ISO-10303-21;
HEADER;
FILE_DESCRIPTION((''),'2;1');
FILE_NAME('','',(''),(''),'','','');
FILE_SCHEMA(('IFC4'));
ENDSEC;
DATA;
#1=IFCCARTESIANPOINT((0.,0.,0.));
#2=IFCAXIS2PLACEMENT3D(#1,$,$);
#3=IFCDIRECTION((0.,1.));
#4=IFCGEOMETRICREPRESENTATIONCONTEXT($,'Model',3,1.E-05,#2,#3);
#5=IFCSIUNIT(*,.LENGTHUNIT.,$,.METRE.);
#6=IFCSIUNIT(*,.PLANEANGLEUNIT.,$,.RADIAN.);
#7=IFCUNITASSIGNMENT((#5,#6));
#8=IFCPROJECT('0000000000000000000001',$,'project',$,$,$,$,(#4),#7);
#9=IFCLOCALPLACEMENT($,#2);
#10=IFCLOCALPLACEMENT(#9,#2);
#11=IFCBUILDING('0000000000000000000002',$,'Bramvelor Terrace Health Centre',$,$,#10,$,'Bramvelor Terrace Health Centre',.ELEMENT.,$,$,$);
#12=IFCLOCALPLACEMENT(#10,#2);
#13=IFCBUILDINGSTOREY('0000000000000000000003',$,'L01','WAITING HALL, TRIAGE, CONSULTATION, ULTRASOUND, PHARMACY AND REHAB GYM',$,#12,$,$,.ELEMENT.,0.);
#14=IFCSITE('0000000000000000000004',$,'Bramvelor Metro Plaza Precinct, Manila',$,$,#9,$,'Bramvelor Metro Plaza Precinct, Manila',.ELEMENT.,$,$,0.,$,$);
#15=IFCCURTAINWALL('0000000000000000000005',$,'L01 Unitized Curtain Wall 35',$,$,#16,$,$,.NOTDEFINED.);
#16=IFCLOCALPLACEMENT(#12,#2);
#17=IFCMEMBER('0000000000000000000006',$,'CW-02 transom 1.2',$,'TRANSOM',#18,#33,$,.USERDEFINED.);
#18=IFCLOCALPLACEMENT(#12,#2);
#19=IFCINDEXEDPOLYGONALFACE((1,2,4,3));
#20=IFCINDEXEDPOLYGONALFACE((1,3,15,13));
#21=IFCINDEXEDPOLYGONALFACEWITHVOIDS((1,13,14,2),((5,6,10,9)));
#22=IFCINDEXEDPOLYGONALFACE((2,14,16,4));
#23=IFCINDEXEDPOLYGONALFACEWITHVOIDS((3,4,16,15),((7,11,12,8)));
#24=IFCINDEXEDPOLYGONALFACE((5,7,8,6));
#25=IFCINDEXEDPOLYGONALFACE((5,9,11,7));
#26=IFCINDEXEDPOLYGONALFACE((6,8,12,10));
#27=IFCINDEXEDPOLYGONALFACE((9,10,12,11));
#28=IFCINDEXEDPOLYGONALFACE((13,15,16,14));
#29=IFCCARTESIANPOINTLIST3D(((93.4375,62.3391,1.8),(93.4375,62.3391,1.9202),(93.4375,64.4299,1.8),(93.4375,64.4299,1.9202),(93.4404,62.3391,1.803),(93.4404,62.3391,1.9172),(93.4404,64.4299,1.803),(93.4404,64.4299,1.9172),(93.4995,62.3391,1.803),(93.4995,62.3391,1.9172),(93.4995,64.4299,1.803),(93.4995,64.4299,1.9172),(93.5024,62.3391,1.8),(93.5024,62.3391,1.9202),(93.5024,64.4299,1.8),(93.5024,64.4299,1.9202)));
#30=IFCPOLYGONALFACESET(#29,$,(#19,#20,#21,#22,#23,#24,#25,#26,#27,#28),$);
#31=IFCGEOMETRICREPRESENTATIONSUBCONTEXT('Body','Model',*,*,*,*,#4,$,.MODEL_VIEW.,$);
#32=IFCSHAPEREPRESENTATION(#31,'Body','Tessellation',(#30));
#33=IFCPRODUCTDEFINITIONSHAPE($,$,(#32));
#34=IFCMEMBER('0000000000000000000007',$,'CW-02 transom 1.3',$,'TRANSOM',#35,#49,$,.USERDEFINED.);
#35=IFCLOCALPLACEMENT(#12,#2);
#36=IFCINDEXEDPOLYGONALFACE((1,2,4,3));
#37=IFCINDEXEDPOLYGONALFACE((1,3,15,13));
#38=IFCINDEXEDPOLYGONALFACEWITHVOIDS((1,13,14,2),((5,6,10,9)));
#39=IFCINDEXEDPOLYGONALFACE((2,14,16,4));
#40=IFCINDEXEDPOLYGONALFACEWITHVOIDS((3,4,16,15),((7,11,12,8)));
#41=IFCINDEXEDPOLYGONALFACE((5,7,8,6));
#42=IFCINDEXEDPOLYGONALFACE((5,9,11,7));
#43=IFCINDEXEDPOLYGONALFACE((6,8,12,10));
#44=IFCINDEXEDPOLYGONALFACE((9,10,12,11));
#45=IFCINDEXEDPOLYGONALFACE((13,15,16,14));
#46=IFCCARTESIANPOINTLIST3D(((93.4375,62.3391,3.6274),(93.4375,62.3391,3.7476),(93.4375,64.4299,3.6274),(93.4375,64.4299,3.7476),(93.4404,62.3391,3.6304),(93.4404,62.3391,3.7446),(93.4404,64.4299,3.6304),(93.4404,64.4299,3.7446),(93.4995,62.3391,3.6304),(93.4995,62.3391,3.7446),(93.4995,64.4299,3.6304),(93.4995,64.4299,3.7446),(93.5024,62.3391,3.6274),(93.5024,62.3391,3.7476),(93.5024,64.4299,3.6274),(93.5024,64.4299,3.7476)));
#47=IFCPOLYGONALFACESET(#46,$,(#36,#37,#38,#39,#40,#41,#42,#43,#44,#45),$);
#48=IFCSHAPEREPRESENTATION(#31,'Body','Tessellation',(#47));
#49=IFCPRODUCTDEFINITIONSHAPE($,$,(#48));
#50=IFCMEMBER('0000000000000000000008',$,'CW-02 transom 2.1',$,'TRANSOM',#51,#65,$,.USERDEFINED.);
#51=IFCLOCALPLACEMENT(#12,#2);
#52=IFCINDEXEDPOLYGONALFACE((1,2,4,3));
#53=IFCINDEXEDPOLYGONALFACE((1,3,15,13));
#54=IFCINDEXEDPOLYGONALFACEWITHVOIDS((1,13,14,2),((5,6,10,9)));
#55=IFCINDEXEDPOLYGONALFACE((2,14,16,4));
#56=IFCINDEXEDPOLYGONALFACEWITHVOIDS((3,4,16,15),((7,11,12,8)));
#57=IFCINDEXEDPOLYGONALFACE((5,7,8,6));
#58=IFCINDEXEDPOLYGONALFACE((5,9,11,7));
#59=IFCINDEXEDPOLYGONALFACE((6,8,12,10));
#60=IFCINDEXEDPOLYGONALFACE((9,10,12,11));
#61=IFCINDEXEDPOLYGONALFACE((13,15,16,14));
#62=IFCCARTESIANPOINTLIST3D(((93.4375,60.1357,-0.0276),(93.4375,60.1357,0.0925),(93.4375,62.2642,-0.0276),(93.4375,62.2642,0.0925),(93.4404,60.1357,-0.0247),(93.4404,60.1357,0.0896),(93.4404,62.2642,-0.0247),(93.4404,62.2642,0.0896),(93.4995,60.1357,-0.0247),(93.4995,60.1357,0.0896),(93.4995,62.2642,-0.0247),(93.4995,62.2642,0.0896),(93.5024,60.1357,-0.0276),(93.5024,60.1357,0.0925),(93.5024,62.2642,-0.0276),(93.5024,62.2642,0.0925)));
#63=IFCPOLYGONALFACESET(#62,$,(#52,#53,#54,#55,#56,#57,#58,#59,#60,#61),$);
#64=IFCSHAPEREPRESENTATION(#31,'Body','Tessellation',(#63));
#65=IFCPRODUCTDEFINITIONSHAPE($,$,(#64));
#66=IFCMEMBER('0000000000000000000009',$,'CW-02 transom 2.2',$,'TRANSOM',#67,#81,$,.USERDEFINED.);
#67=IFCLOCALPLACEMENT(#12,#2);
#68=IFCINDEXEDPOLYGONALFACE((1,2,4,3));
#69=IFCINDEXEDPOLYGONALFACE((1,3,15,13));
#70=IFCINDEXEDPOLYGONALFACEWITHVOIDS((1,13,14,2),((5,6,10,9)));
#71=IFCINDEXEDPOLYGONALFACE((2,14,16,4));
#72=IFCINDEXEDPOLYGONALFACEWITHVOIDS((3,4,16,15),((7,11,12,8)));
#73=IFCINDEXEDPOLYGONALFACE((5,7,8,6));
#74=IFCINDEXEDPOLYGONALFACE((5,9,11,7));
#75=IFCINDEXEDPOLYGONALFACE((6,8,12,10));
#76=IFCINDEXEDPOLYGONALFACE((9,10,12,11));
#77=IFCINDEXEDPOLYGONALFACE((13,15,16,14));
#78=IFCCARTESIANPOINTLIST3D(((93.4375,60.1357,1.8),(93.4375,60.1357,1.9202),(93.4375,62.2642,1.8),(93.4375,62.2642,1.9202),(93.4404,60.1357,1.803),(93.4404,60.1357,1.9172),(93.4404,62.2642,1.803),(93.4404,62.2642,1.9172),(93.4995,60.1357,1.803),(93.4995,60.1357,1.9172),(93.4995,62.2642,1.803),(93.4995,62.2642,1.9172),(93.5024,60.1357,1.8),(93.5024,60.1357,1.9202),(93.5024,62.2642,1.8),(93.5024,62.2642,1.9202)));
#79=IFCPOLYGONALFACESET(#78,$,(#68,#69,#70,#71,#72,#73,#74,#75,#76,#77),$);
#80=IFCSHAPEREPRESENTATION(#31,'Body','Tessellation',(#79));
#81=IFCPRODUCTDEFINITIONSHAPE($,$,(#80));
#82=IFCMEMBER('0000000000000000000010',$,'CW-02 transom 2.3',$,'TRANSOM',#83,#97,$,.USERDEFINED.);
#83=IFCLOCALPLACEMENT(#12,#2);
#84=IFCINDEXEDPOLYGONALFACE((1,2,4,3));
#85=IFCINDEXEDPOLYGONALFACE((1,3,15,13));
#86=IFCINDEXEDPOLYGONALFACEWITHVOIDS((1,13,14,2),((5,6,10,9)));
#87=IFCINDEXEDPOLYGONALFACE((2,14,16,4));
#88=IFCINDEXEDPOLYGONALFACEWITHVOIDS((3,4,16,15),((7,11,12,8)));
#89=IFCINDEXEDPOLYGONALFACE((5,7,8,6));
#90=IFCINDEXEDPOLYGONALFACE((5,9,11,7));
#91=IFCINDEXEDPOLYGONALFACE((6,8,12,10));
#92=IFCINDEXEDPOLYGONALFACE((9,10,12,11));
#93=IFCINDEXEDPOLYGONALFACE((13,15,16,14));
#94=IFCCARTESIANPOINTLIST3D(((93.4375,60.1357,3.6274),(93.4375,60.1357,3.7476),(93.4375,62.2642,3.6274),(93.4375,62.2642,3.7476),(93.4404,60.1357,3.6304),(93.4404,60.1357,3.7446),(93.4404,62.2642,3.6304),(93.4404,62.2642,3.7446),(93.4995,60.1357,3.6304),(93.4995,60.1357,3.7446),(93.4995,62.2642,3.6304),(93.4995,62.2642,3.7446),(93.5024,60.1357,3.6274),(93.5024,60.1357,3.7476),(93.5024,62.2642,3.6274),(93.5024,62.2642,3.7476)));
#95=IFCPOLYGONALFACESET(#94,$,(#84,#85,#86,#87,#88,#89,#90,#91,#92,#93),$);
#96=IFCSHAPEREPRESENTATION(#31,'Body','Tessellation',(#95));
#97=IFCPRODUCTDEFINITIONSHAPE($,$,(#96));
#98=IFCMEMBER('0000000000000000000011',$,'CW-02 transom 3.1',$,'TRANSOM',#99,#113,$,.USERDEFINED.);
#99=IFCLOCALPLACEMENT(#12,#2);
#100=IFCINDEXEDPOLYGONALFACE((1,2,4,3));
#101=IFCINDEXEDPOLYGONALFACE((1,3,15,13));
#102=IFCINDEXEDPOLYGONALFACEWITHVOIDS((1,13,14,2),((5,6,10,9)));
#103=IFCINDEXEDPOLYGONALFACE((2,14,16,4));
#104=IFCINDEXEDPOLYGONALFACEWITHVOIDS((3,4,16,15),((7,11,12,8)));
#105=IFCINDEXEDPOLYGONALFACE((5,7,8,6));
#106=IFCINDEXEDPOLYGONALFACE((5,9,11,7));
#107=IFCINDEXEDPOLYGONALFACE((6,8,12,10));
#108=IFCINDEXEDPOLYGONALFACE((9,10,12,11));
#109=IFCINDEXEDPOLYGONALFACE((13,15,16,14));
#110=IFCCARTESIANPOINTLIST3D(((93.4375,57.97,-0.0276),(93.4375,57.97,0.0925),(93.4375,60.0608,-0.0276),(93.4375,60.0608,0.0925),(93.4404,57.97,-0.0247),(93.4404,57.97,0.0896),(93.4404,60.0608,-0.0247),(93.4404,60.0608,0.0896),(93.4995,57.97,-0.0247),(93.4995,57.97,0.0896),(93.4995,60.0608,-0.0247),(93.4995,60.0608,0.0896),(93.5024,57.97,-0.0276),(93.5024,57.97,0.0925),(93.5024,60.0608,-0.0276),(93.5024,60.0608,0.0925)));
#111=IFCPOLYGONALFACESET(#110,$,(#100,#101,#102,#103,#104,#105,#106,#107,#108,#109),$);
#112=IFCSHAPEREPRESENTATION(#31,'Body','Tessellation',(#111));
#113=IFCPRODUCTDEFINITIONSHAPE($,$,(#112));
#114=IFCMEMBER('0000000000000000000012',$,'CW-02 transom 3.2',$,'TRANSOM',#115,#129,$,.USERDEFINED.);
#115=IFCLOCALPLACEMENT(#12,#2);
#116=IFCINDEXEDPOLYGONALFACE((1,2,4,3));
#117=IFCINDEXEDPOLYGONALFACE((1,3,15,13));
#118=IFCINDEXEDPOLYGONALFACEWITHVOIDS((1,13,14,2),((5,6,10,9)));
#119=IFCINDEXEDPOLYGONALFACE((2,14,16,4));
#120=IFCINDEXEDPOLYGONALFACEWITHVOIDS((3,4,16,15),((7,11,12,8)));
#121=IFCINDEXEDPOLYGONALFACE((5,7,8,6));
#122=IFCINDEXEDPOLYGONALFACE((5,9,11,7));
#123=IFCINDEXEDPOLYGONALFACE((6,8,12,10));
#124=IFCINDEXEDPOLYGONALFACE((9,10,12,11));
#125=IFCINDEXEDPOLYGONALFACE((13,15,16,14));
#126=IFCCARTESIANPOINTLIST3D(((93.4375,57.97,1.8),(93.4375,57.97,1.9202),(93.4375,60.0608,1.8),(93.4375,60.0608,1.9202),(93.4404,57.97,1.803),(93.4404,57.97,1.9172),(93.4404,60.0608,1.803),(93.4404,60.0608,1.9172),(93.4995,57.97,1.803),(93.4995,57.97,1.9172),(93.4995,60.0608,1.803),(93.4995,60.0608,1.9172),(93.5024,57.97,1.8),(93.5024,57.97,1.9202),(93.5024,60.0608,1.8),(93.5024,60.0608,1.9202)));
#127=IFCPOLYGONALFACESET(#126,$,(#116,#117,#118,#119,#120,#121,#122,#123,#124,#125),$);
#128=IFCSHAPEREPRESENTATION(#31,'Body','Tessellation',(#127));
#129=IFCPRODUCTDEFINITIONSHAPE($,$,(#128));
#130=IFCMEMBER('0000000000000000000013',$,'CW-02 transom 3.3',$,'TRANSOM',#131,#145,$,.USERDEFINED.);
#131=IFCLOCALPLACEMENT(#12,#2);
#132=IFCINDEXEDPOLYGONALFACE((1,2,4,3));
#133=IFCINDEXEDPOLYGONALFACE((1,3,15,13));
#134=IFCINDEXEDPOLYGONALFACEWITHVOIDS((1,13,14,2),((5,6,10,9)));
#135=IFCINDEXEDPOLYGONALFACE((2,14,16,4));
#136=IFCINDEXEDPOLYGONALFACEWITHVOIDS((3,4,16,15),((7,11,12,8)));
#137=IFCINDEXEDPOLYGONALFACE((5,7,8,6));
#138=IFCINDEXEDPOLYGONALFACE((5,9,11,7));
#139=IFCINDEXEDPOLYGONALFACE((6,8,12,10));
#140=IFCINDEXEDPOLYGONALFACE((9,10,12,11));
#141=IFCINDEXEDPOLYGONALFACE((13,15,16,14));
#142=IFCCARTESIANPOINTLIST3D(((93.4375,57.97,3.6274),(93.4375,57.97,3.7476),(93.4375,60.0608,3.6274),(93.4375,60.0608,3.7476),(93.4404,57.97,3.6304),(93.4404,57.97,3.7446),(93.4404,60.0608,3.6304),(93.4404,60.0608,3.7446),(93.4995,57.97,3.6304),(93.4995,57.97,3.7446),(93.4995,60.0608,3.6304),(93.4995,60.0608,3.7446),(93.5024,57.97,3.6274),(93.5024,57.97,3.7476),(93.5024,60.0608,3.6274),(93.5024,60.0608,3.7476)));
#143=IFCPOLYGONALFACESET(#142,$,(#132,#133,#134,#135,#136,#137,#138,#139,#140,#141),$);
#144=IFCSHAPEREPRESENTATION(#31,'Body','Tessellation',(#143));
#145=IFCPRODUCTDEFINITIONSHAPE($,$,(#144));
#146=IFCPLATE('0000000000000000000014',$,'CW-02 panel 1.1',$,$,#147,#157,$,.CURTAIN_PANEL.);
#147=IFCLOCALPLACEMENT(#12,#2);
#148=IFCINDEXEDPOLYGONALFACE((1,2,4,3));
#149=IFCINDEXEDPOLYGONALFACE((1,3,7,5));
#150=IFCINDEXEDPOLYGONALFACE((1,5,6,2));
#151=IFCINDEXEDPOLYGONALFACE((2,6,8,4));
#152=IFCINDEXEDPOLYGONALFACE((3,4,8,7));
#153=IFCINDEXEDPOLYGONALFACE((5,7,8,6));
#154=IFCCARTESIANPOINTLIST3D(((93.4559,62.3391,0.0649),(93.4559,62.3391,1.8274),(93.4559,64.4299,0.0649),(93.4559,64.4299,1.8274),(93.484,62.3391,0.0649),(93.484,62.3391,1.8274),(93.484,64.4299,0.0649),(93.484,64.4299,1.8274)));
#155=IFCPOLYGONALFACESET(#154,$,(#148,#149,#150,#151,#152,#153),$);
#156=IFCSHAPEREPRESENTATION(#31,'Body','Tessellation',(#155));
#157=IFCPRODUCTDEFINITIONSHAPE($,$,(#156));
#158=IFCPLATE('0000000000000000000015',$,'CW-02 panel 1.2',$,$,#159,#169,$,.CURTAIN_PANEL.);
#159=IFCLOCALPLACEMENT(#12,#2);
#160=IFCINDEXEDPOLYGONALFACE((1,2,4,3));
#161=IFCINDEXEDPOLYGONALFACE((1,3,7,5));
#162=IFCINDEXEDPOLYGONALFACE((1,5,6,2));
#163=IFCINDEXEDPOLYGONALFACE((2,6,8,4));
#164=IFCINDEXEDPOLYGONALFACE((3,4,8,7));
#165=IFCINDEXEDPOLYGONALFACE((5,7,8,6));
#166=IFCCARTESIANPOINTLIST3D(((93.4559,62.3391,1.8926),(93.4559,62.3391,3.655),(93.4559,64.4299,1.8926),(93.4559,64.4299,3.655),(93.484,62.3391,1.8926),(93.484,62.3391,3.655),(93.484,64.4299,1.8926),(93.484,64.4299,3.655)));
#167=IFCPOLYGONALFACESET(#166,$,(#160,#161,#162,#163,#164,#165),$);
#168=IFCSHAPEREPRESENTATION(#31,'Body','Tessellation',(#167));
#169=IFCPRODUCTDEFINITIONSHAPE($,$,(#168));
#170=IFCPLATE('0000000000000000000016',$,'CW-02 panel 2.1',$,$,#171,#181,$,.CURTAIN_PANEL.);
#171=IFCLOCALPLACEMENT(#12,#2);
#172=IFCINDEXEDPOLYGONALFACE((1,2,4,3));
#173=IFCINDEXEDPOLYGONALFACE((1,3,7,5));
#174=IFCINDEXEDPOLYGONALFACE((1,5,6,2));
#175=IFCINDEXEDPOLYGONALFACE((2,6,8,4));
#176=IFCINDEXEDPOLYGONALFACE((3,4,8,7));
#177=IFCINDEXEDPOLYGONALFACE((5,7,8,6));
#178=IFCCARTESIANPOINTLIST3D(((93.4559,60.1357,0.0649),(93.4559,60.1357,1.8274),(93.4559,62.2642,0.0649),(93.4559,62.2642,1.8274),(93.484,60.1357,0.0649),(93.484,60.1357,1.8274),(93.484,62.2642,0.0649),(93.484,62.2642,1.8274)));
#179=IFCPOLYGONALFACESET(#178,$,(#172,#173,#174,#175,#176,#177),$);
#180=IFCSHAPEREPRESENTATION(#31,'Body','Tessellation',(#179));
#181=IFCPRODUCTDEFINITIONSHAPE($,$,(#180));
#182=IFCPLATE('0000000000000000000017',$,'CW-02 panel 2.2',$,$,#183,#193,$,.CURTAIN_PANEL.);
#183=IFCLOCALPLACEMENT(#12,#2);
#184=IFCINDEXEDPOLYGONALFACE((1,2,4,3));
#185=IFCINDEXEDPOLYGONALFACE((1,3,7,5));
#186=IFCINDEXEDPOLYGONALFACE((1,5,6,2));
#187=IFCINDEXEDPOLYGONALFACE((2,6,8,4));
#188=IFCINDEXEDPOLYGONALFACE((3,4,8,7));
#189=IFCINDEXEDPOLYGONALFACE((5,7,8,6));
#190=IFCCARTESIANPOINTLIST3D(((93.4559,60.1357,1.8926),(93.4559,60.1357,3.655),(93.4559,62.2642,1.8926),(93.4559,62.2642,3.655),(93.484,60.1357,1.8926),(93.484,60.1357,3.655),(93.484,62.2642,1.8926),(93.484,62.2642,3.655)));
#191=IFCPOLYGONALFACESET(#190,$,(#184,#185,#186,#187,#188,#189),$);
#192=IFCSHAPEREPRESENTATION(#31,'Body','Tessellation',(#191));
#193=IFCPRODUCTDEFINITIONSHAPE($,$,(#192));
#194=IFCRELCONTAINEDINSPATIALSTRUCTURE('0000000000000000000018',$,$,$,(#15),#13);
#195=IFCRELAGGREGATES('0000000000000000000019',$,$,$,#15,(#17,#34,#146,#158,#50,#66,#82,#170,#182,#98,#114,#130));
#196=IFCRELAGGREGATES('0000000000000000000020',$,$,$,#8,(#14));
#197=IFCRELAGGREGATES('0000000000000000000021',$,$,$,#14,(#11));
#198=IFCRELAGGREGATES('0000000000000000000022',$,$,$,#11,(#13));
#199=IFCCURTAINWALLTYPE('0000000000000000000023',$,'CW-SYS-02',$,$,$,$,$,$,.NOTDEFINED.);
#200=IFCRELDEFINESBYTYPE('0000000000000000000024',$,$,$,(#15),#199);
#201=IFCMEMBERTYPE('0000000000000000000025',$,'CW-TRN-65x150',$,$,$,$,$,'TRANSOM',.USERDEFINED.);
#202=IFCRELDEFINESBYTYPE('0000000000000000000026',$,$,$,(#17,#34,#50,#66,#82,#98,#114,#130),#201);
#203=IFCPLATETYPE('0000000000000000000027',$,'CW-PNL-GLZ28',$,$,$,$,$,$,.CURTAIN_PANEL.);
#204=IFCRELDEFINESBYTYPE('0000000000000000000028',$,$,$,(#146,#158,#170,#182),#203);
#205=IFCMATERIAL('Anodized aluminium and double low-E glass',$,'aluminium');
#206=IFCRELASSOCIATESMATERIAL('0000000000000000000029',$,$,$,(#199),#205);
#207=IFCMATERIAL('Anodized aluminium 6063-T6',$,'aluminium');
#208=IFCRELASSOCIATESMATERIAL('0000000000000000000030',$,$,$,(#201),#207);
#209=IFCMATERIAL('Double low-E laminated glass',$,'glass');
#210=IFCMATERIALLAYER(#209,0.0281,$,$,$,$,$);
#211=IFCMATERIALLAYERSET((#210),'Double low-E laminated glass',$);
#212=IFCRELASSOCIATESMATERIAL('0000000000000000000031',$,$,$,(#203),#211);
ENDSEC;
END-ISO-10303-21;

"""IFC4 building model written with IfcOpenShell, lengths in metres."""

from ifc_helpers import new_model, si_unit, direction, frame, origin, origin_2d, place, context, subcontext, project, spatial, rectangle, hollow_rectangle, extrude, material, layer, layer_set, material_profile, profile_set, type_object, element, aggregate, save


model = new_model("IFC4")

# Units and contexts
model_context = context("Model", 3, precision=1e-05, world=origin(), true_north=direction((0.0, 1.0)))
body_context = subcontext(model_context, "Body", "Model", "MODEL_VIEW")
ifc_project = project(units=[si_unit("LENGTHUNIT", "METRE"), si_unit("PLANEANGLEUNIT", "RADIAN")], contexts=[model_context])

# Site, building, storey
site_placement = place(None, origin())
site = spatial("IfcSite", under=ifc_project, at=site_placement, Name="Bramvelor Metro Plaza Precinct, Manila", LongName="Bramvelor Metro Plaza Precinct, Manila", CompositionType="ELEMENT", RefElevation=0.0)
building_placement = place(site_placement, origin())
building = spatial("IfcBuilding", under=site, at=building_placement, Name="Bramvelor Terrace Health Centre", LongName="Bramvelor Terrace Health Centre", CompositionType="ELEMENT")
storey_placement = place(building_placement, origin())
storey = spatial("IfcBuildingStorey", under=building, at=storey_placement, Name="L01", Description="WAITING HALL, TRIAGE, CONSULTATION, ULTRASOUND, PHARMACY AND REHAB GYM", CompositionType="ELEMENT", Elevation=0.0)

# Curtain wall, members, plates
ifc_material_1 = material(Name="Anodized aluminium and double low-E glass", Category="aluminium")
curtain_wall_type = type_object("IfcCurtainWallType", Name="CW-SYS-02", PredefinedType="NOTDEFINED", material=ifc_material_1)
curtain_wall_placement = place(storey_placement, origin())
curtain_wall = element("IfcCurtainWall", 1, at=curtain_wall_placement, inside=storey, type_object=curtain_wall_type, Name="L01 Unitized Curtain Wall 35", PredefinedType="NOTDEFINED")
ifc_material_2 = material(Name="Anodized aluminium 6063-T6", Category="aluminium")
ifc_material_profile_1 = material_profile(ifc_material_2, hollow_rectangle(XDim=0.0649, YDim=0.1201, WallThickness=0.0029, at=origin_2d()), Name="ALU-TRN 65x120x3.0")
ifc_profile_set_1 = profile_set([ifc_material_profile_1], Name="Anodized aluminium 6063-T6")
member_type_1 = type_object("IfcMemberType", Name="CW-TRN-65x150", ElementType="TRANSOM", PredefinedType="USERDEFINED", material=ifc_profile_set_1)
member_1_placement = place(storey_placement, frame((93.47, 64.4299, 1.8601), z_axis=(0.0, -1.0, 0.0), x_axis=(1.0, 0.0, 0.0)))
member_1 = element("IfcMember", 2, at=member_1_placement, type_object=member_type_1, Name="CW-02 transom 1.2", ObjectType="TRANSOM", PredefinedType="USERDEFINED", context=body_context, shape_type="SweptSolid", body=[
    extrude(hollow_rectangle(XDim=0.0649, YDim=0.1201, WallThickness=0.0029, at=origin_2d()), origin(), (0.0, 0.0, 1.0), 2.0908),
])
member_2_placement = place(storey_placement, frame((93.47, 64.4299, 3.6875), z_axis=(0.0, -1.0, 0.0), x_axis=(1.0, 0.0, 0.0)))
member_2 = element("IfcMember", 3, at=member_2_placement, type_object=member_type_1, Name="CW-02 transom 1.3", ObjectType="TRANSOM", PredefinedType="USERDEFINED", context=body_context, shape_type="SweptSolid", body=[
    extrude(hollow_rectangle(XDim=0.0649, YDim=0.1201, WallThickness=0.0029, at=origin_2d()), origin(), (0.0, 0.0, 1.0), 2.0908),
])
member_3_placement = place(storey_placement, frame((93.47, 62.2642, 0.0325), z_axis=(0.0, -1.0, 0.0), x_axis=(1.0, 0.0, 0.0)))
member_3 = element("IfcMember", 4, at=member_3_placement, type_object=member_type_1, Name="CW-02 transom 2.1", ObjectType="TRANSOM", PredefinedType="USERDEFINED", context=body_context, shape_type="SweptSolid", body=[
    extrude(hollow_rectangle(XDim=0.0649, YDim=0.1201, WallThickness=0.0029, at=origin_2d()), origin(), (0.0, 0.0, 1.0), 2.1284),
])
member_4_placement = place(storey_placement, frame((93.47, 62.2642, 1.8601), z_axis=(0.0, -1.0, 0.0), x_axis=(1.0, 0.0, 0.0)))
member_4 = element("IfcMember", 5, at=member_4_placement, type_object=member_type_1, Name="CW-02 transom 2.2", ObjectType="TRANSOM", PredefinedType="USERDEFINED", context=body_context, shape_type="SweptSolid", body=[
    extrude(hollow_rectangle(XDim=0.0649, YDim=0.1201, WallThickness=0.0029, at=origin_2d()), origin(), (0.0, 0.0, 1.0), 2.1284),
])
member_5_placement = place(storey_placement, frame((93.47, 62.2642, 3.6875), z_axis=(0.0, -1.0, 0.0), x_axis=(1.0, 0.0, 0.0)))
member_5 = element("IfcMember", 6, at=member_5_placement, type_object=member_type_1, Name="CW-02 transom 2.3", ObjectType="TRANSOM", PredefinedType="USERDEFINED", context=body_context, shape_type="SweptSolid", body=[
    extrude(hollow_rectangle(XDim=0.0649, YDim=0.1201, WallThickness=0.0029, at=origin_2d()), origin(), (0.0, 0.0, 1.0), 2.1284),
])
member_6_placement = place(storey_placement, frame((93.47, 60.0608, 0.0325), z_axis=(0.0, -1.0, 0.0), x_axis=(1.0, 0.0, 0.0)))
member_6 = element("IfcMember", 7, at=member_6_placement, type_object=member_type_1, Name="CW-02 transom 3.1", ObjectType="TRANSOM", PredefinedType="USERDEFINED", context=body_context, shape_type="SweptSolid", body=[
    extrude(hollow_rectangle(XDim=0.0649, YDim=0.1201, WallThickness=0.0029, at=origin_2d()), origin(), (0.0, 0.0, 1.0), 2.0908),
])
member_7_placement = place(storey_placement, frame((93.47, 60.0608, 1.8601), z_axis=(0.0, -1.0, 0.0), x_axis=(1.0, 0.0, 0.0)))
member_7 = element("IfcMember", 8, at=member_7_placement, type_object=member_type_1, Name="CW-02 transom 3.2", ObjectType="TRANSOM", PredefinedType="USERDEFINED", context=body_context, shape_type="SweptSolid", body=[
    extrude(hollow_rectangle(XDim=0.0649, YDim=0.1201, WallThickness=0.0029, at=origin_2d()), origin(), (0.0, 0.0, 1.0), 2.0908),
])
member_8_placement = place(storey_placement, frame((93.47, 60.0608, 3.6875), z_axis=(0.0, -1.0, 0.0), x_axis=(1.0, 0.0, 0.0)))
member_8 = element("IfcMember", 9, at=member_8_placement, type_object=member_type_1, Name="CW-02 transom 3.3", ObjectType="TRANSOM", PredefinedType="USERDEFINED", context=body_context, shape_type="SweptSolid", body=[
    extrude(hollow_rectangle(XDim=0.0649, YDim=0.1201, WallThickness=0.0029, at=origin_2d()), origin(), (0.0, 0.0, 1.0), 2.0908),
])
ifc_material_3 = material(Name="Double low-E laminated glass", Category="glass")
ifc_layer = layer(ifc_material_3, 0.0281)
ifc_layer_set = layer_set([ifc_layer], Name="Double low-E laminated glass")
plate_type = type_object("IfcPlateType", Name="CW-PNL-GLZ28", PredefinedType="CURTAIN_PANEL", material=ifc_layer_set)
plate_1_placement = place(storey_placement, frame((93.47, 63.3845, 0.0649), z_axis=(0.0, 0.0, 1.0), x_axis=(0.0, -1.0, 0.0)))
plate_1 = element("IfcPlate", 10, at=plate_1_placement, type_object=plate_type, Name="CW-02 panel 1.1", PredefinedType="CURTAIN_PANEL", context=body_context, shape_type="SweptSolid", body=[
    extrude(rectangle(XDim=2.0908, YDim=0.0281, at=origin_2d()), origin(), (0.0, 0.0, 1.0), 1.7625),
])
plate_2_placement = place(storey_placement, frame((93.47, 63.3845, 1.8926), z_axis=(0.0, 0.0, 1.0), x_axis=(0.0, -1.0, 0.0)))
plate_2 = element("IfcPlate", 11, at=plate_2_placement, type_object=plate_type, Name="CW-02 panel 1.2", PredefinedType="CURTAIN_PANEL", context=body_context, shape_type="SweptSolid", body=[
    extrude(rectangle(XDim=2.0908, YDim=0.0281, at=origin_2d()), origin(), (0.0, 0.0, 1.0), 1.7625),
])
plate_3_placement = place(storey_placement, frame((93.47, 61.2, 0.0649), z_axis=(0.0, 0.0, 1.0), x_axis=(0.0, -1.0, 0.0)))
plate_3 = element("IfcPlate", 12, at=plate_3_placement, type_object=plate_type, Name="CW-02 panel 2.1", PredefinedType="CURTAIN_PANEL", context=body_context, shape_type="SweptSolid", body=[
    extrude(rectangle(XDim=2.1284, YDim=0.0281, at=origin_2d()), origin(), (0.0, 0.0, 1.0), 1.7625),
])
plate_4_placement = place(storey_placement, frame((93.47, 61.2, 1.8926), z_axis=(0.0, 0.0, 1.0), x_axis=(0.0, -1.0, 0.0)))
plate_4 = element("IfcPlate", 13, at=plate_4_placement, type_object=plate_type, Name="CW-02 panel 2.2", PredefinedType="CURTAIN_PANEL", context=body_context, shape_type="SweptSolid", body=[
    extrude(rectangle(XDim=2.1284, YDim=0.0281, at=origin_2d()), origin(), (0.0, 0.0, 1.0), 1.7625),
])
aggregate(curtain_wall, [member_1, member_2, plate_1, plate_2, member_3, member_4, member_5, plate_3, plate_4, member_6, member_7, member_8])

save(model, "model.ifc")
